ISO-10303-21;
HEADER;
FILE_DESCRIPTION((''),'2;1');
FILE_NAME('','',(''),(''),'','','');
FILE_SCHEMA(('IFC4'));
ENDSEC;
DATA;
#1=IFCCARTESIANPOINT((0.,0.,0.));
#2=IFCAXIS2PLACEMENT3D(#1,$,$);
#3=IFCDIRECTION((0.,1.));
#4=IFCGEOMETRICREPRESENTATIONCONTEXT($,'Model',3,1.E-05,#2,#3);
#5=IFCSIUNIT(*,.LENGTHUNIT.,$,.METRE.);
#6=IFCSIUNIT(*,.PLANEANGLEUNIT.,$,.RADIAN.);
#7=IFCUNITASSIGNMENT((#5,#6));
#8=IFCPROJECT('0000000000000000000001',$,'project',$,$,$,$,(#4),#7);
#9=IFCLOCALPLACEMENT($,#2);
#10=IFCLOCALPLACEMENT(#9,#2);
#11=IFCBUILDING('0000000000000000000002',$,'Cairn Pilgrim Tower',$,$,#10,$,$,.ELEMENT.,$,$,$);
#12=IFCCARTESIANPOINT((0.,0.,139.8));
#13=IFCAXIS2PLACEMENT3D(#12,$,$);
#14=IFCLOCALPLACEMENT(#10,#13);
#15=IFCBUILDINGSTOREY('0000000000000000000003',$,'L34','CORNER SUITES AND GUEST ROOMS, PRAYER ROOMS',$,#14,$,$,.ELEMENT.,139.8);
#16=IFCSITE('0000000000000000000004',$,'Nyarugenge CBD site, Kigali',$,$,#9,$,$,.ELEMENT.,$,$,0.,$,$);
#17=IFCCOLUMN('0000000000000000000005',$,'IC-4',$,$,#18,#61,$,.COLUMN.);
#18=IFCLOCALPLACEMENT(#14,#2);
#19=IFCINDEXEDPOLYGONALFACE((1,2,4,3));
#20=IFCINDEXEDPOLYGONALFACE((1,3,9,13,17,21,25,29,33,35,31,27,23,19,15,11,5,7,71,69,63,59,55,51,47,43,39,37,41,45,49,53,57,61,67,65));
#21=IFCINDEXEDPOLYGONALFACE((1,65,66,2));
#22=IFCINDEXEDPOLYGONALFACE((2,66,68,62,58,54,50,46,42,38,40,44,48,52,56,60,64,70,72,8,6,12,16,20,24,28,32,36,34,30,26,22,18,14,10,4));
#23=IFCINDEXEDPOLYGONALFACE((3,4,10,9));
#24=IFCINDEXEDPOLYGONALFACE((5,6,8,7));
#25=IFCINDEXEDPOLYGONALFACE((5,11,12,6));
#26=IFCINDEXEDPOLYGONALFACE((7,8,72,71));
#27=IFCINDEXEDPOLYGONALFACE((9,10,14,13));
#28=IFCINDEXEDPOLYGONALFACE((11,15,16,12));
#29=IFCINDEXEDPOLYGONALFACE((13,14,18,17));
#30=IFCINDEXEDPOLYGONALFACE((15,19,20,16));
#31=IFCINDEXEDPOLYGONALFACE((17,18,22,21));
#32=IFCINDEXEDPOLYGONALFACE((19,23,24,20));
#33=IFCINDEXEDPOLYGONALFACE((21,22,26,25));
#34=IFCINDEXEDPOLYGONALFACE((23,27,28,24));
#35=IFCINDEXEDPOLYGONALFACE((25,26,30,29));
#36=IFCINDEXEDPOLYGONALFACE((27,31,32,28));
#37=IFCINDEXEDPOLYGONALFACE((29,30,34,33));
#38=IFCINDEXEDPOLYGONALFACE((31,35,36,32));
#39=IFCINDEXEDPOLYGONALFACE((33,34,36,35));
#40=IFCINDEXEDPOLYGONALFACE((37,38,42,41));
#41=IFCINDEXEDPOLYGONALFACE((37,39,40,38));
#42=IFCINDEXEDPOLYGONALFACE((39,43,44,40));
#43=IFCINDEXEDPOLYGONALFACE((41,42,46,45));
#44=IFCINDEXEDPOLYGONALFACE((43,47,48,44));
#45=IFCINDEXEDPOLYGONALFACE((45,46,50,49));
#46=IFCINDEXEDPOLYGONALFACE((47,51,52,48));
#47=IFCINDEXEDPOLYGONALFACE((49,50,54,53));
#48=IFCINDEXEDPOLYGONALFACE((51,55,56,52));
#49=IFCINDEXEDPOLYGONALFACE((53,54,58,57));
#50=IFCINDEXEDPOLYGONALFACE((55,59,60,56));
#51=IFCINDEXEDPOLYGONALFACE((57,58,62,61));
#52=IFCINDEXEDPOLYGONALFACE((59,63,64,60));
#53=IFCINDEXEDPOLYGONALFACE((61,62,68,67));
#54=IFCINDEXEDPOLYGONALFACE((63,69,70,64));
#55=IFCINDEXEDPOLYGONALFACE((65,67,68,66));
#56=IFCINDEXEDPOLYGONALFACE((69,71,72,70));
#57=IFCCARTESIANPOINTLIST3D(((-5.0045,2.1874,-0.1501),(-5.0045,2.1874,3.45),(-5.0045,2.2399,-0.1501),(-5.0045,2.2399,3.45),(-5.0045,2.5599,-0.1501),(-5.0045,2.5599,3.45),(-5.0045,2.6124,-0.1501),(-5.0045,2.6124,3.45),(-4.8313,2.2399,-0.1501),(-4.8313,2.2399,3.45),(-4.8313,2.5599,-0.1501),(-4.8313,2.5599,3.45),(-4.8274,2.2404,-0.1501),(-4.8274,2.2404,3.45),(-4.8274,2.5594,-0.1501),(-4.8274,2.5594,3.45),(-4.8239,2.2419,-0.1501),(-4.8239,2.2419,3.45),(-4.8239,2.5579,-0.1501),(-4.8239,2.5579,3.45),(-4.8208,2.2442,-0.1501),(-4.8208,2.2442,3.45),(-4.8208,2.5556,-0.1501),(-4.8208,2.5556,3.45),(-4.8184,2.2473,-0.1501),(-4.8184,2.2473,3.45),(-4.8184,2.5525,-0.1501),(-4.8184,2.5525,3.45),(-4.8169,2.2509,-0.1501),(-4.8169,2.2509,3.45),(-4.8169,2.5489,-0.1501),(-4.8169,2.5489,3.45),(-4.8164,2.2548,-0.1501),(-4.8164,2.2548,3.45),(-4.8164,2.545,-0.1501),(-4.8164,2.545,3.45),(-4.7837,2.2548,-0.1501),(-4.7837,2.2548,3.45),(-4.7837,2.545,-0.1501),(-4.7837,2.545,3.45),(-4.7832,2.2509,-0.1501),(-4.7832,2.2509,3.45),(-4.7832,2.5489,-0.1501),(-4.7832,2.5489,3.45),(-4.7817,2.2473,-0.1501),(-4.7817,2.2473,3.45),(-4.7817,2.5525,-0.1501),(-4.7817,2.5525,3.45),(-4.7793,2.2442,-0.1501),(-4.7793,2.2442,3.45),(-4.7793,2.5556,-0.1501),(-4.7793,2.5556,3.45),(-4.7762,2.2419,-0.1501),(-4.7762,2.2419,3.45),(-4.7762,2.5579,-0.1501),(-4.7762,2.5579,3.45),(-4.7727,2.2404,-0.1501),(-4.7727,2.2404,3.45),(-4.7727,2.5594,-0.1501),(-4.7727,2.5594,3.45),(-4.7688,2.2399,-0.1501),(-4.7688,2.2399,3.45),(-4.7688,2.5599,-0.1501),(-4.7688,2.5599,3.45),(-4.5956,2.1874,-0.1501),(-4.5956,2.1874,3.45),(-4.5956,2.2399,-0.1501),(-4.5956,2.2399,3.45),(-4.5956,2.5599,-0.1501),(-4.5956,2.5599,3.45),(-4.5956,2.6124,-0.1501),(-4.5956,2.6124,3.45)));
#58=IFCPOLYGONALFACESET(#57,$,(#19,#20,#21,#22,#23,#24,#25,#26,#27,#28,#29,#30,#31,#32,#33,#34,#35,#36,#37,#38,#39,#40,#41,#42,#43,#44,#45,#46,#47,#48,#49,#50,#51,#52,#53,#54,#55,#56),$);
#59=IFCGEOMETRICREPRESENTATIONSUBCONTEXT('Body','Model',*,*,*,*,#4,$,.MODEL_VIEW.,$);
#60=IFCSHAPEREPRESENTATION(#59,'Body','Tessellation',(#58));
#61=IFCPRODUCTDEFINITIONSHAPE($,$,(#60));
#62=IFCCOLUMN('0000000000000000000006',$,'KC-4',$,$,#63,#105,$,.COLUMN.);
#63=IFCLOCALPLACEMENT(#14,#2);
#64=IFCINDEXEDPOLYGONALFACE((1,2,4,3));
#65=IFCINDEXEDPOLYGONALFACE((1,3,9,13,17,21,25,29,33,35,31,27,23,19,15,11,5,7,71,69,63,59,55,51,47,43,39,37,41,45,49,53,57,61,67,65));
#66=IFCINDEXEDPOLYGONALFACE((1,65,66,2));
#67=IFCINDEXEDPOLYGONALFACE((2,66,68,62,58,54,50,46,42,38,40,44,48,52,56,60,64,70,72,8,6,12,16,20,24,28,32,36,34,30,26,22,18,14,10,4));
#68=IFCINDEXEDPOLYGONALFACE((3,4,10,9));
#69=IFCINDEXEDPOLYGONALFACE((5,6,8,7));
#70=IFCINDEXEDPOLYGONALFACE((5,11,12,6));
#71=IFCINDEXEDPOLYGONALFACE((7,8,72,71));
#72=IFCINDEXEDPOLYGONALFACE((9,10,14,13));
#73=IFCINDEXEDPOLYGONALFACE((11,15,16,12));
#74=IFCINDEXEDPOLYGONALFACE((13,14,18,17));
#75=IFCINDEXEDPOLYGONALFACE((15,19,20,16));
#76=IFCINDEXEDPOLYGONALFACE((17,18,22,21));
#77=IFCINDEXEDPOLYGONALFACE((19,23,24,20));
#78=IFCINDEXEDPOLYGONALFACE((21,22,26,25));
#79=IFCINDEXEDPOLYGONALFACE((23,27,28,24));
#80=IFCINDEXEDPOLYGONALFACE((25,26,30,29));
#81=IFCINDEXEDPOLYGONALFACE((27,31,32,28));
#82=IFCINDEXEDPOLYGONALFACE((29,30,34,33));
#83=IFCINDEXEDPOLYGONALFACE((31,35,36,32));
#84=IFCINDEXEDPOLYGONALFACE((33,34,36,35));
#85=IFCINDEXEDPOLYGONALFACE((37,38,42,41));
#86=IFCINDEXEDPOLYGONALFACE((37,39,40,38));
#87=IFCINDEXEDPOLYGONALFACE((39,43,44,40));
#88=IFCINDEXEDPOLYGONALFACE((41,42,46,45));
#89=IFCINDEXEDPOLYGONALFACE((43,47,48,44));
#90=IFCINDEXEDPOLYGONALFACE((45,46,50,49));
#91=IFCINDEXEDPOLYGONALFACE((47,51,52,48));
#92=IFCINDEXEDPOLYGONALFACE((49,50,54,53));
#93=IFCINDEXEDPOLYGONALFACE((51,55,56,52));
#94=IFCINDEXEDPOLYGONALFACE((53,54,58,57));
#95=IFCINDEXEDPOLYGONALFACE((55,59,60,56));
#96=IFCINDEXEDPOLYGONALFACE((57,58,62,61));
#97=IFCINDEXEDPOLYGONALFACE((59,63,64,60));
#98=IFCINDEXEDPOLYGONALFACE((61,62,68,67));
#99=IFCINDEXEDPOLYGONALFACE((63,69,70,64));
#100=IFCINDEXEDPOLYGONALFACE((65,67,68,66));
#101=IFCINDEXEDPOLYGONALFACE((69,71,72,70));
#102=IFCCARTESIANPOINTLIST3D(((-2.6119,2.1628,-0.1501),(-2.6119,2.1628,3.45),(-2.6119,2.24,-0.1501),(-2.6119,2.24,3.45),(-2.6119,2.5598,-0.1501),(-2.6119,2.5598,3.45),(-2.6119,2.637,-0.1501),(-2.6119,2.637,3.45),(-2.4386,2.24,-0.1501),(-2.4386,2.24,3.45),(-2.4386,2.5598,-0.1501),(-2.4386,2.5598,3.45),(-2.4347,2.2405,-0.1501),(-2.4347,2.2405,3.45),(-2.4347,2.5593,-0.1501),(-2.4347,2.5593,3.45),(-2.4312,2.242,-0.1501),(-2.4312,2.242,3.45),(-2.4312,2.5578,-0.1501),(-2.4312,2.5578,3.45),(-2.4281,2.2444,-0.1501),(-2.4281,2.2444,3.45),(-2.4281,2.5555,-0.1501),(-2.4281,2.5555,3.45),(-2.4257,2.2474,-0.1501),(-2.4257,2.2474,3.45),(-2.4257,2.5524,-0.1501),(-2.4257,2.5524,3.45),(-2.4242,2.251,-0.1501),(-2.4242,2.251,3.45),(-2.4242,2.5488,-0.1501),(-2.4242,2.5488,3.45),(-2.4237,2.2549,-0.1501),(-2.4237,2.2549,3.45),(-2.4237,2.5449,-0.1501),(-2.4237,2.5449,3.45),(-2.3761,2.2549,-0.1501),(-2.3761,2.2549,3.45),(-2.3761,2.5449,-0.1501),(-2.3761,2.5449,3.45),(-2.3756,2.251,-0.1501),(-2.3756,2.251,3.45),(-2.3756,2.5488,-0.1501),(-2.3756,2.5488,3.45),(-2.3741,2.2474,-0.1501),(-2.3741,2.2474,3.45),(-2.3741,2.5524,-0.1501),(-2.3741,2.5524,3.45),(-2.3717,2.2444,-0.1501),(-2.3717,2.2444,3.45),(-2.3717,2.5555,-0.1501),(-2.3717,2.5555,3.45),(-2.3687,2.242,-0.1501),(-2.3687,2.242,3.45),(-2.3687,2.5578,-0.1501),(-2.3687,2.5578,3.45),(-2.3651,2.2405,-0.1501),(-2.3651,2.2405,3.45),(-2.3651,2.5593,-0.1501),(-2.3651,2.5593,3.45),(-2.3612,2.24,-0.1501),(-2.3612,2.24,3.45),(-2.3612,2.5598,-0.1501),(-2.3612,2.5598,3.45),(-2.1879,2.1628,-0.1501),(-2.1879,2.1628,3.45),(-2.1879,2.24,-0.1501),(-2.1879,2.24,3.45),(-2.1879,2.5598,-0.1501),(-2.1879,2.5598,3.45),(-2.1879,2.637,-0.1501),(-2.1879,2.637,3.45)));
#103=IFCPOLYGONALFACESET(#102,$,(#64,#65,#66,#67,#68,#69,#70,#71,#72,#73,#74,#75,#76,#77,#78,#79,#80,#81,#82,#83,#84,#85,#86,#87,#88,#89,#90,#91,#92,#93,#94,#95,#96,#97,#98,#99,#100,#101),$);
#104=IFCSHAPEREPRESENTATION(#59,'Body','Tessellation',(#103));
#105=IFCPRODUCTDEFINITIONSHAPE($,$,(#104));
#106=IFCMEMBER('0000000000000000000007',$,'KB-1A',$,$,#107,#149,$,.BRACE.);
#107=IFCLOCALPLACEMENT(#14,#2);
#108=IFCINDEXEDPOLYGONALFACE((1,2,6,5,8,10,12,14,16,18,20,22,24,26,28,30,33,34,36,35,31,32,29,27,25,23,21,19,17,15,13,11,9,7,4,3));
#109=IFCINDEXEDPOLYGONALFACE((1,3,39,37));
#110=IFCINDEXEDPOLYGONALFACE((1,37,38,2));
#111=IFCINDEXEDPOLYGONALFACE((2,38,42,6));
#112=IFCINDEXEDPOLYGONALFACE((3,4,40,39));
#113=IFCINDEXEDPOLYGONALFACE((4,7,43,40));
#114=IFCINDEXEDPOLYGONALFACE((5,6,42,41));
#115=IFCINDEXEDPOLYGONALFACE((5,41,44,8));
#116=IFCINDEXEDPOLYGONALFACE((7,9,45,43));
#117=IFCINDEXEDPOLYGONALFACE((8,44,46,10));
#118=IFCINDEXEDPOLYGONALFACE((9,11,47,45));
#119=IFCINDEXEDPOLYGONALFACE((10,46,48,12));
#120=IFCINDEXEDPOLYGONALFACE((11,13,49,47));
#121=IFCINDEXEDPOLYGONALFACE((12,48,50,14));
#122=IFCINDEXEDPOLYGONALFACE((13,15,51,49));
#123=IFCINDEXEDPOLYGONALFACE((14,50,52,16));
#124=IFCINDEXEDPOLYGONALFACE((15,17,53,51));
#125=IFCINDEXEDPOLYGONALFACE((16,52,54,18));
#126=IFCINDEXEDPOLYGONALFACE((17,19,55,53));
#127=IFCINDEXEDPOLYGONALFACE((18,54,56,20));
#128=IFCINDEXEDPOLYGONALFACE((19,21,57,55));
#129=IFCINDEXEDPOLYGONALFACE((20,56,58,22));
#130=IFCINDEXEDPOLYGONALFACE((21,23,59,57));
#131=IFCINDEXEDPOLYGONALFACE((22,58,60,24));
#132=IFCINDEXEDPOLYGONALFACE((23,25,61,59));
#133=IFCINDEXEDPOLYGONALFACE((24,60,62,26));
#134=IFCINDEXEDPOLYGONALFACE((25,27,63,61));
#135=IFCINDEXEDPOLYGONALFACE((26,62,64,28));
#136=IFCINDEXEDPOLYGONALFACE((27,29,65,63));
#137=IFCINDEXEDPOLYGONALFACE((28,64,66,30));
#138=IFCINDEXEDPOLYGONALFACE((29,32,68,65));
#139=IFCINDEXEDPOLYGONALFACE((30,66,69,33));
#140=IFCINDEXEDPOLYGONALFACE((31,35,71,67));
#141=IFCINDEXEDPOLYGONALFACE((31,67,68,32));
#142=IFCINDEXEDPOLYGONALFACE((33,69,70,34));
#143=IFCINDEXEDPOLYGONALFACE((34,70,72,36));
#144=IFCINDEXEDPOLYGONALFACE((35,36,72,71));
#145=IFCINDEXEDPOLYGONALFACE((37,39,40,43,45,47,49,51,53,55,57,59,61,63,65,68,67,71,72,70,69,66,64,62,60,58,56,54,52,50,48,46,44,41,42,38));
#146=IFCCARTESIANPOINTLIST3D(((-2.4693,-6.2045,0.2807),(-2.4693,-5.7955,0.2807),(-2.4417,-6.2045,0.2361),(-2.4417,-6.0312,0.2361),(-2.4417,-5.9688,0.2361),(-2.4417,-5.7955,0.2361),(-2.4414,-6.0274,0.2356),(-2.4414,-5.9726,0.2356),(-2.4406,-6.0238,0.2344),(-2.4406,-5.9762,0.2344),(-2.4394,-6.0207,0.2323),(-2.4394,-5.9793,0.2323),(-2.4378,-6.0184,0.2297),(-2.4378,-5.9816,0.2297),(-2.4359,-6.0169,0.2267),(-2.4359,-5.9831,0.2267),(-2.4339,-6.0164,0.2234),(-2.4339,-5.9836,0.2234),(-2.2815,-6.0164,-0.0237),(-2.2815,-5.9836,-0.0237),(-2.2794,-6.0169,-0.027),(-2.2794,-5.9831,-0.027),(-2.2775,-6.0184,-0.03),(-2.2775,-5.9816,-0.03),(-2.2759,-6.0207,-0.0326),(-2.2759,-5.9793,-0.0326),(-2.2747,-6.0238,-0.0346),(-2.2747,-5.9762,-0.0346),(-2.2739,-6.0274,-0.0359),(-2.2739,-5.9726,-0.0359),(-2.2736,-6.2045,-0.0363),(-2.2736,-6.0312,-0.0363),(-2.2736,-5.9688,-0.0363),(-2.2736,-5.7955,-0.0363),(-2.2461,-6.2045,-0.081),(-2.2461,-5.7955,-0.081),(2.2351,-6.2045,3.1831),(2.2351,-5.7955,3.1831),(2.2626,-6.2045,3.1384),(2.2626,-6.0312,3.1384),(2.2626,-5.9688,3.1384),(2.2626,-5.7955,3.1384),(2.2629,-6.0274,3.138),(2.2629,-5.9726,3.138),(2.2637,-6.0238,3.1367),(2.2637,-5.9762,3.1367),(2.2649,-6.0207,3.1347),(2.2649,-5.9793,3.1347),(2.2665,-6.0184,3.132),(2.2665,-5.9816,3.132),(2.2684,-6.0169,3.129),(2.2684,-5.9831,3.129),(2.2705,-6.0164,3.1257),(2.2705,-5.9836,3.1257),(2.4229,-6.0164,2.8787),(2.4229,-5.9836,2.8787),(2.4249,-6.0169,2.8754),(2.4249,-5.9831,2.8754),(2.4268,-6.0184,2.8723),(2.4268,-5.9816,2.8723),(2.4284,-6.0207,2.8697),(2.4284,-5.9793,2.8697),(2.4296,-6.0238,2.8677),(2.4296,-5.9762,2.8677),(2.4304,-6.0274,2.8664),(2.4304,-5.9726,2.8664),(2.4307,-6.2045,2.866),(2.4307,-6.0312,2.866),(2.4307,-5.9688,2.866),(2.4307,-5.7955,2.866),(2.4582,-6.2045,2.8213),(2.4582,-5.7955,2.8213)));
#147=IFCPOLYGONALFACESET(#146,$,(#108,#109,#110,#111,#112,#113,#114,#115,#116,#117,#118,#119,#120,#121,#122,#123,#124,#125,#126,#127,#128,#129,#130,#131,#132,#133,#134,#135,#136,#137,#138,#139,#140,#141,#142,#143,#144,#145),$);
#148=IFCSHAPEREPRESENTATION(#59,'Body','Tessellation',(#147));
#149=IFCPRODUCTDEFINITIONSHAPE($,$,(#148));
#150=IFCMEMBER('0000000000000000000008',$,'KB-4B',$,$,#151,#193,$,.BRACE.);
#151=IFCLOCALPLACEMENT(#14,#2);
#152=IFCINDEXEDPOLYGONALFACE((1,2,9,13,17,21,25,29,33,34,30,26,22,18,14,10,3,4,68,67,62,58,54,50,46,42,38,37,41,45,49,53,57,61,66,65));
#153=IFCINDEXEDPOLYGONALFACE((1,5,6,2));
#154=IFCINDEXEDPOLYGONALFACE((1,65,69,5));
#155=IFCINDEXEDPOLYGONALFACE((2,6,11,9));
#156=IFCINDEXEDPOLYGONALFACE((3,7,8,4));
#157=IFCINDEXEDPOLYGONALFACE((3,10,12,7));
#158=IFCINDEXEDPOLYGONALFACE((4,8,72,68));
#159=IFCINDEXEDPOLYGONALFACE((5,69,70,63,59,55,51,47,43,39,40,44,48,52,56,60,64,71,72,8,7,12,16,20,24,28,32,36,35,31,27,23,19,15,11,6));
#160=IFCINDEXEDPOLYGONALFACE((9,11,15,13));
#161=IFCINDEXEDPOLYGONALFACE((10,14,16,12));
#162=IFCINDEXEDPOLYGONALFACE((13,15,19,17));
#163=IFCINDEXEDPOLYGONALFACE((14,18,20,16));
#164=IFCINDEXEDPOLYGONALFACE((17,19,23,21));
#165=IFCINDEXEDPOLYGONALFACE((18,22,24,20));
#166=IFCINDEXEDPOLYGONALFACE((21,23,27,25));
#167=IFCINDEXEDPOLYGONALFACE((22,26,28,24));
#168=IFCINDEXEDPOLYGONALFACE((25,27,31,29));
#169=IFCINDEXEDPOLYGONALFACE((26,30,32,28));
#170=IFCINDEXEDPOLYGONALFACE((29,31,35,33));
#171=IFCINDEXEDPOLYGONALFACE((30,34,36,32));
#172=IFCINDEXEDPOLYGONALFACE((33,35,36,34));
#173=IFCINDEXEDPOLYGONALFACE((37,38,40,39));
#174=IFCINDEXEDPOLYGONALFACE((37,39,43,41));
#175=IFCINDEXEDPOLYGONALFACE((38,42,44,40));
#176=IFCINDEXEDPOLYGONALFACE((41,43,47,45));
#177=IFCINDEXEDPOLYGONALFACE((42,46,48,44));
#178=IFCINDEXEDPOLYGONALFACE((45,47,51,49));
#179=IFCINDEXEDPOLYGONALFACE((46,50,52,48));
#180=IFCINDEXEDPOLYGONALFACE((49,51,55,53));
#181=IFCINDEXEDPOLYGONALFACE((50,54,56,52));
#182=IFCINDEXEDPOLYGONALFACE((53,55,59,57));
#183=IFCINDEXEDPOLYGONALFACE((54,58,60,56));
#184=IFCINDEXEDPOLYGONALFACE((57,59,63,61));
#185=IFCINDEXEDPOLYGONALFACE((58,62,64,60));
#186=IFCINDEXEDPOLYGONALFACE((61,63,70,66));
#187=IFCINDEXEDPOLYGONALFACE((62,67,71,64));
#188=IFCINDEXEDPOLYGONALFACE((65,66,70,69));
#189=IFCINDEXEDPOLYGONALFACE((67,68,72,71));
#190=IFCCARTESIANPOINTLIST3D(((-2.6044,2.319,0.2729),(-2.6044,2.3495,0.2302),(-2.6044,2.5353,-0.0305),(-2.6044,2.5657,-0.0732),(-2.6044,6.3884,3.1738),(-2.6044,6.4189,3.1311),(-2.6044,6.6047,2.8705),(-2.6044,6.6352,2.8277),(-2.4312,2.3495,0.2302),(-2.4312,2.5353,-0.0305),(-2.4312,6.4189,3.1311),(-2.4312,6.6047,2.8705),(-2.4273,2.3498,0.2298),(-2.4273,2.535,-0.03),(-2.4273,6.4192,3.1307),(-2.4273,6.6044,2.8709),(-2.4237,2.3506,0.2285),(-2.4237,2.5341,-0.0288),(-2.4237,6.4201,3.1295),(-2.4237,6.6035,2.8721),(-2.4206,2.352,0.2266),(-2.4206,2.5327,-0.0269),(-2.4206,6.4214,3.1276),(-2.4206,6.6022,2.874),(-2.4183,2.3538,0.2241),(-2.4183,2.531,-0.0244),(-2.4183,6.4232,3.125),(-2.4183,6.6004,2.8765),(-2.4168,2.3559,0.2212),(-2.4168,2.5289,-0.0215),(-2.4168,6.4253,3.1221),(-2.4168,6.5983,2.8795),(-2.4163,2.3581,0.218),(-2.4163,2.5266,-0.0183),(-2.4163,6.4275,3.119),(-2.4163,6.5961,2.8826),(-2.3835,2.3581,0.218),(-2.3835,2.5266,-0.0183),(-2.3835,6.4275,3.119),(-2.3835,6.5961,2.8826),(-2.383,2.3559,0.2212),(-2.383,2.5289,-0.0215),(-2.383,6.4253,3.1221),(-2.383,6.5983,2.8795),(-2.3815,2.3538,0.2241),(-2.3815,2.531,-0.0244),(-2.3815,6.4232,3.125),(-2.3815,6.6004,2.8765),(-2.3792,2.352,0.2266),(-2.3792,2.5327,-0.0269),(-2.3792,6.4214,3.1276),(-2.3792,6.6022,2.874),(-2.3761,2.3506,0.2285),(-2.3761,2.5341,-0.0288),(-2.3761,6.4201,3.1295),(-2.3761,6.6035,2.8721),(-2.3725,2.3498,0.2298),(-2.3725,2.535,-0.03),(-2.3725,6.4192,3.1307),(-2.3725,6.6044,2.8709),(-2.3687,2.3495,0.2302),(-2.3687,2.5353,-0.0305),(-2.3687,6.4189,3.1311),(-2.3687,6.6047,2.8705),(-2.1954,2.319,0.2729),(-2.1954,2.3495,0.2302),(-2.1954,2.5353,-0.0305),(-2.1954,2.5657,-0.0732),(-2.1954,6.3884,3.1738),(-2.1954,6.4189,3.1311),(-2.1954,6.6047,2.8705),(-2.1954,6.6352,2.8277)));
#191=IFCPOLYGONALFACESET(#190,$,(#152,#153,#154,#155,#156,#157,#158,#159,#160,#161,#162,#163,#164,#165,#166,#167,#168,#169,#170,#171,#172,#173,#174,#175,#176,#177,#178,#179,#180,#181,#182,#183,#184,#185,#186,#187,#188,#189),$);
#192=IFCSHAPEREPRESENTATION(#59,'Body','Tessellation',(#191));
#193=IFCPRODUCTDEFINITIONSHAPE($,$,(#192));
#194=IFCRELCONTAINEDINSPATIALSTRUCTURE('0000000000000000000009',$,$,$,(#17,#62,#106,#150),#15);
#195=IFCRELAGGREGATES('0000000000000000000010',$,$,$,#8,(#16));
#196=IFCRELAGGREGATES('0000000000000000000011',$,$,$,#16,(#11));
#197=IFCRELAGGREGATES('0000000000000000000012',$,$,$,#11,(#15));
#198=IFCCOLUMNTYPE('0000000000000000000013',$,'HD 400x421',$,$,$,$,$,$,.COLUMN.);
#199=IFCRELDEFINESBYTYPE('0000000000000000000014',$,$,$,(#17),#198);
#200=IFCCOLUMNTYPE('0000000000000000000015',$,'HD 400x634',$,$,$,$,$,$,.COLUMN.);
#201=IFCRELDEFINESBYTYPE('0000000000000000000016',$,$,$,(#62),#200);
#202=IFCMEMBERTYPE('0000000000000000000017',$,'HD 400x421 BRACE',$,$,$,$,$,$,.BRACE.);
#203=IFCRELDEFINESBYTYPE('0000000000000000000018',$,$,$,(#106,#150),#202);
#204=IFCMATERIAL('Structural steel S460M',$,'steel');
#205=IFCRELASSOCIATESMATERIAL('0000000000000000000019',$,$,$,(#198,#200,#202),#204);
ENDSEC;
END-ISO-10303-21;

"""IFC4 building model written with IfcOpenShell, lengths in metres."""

from ifc_helpers import new_model, si_unit, direction, frame, origin, origin_2d, place, context, subcontext, project, spatial, i_section, extrude, material, material_profile, profile_set, type_object, element, save


model = new_model("IFC4")

# Units and contexts
model_context = context("Model", 3, precision=1e-05, world=origin(), true_north=direction((0.0, 1.0)))
body_context = subcontext(model_context, "Body", "Model", "MODEL_VIEW")
ifc_project = project(units=[si_unit("LENGTHUNIT", "METRE"), si_unit("PLANEANGLEUNIT", "RADIAN")], contexts=[model_context])

# Site, building, storey
site_placement = place(None, origin())
site = spatial("IfcSite", under=ifc_project, at=site_placement, Name="Nyarugenge CBD site, Kigali", CompositionType="ELEMENT", RefElevation=0.0)
building_placement = place(site_placement, origin())
building = spatial("IfcBuilding", under=site, at=building_placement, Name="Cairn Pilgrim Tower", CompositionType="ELEMENT")
storey_placement = place(building_placement, frame((0.0, 0.0, 139.8)))
storey = spatial("IfcBuildingStorey", under=building, at=storey_placement, Name="L34", Description="CORNER SUITES AND GUEST ROOMS, PRAYER ROOMS", CompositionType="ELEMENT", Elevation=139.8)

# Columns
ifc_material_1 = material(Name="Structural steel S460M", Category="steel")
ifc_material_profile_1 = material_profile(ifc_material_1, i_section(OverallWidth=0.4089, OverallDepth=0.425, WebThickness=0.0327, FlangeThickness=0.0525, FilletRadius=0.0149, at=origin_2d()), Name="HD 400x421")
ifc_profile_set_1 = profile_set([ifc_material_profile_1], Name="Structural steel S460M")
column_type_1 = type_object("IfcColumnType", Name="HD 400x421", PredefinedType="COLUMN", material=ifc_profile_set_1)
column_1_placement = place(storey_placement, frame((-4.8, 2.3999, -0.1501), z_axis=(0.0, 0.0, 1.0), x_axis=(1.0, 0.0, 0.0)))
element("IfcColumn", 1, at=column_1_placement, inside=storey, type_object=column_type_1, Name="IC-4", PredefinedType="COLUMN", context=body_context, shape_type="SweptSolid", body=[
    extrude(i_section(OverallWidth=0.4089, OverallDepth=0.425, WebThickness=0.0327, FlangeThickness=0.0525, FilletRadius=0.0149, at=origin_2d()), origin(), (0.0, 0.0, 1.0), 3.6001),
])
ifc_material_profile_2 = material_profile(ifc_material_1, i_section(OverallWidth=0.4241, OverallDepth=0.4741, WebThickness=0.0476, FlangeThickness=0.0771, FilletRadius=0.0149, at=origin_2d()), Name="HD 400x634")
ifc_profile_set_2 = profile_set([ifc_material_profile_2], Name="Structural steel S460M")
column_type_2 = type_object("IfcColumnType", Name="HD 400x634", PredefinedType="COLUMN", material=ifc_profile_set_2)
column_2_placement = place(storey_placement, frame((-2.3999, 2.3999, -0.1501), z_axis=(0.0, 0.0, 1.0), x_axis=(1.0, 0.0, 0.0)))
element("IfcColumn", 2, at=column_2_placement, inside=storey, type_object=column_type_2, Name="KC-4", PredefinedType="COLUMN", context=body_context, shape_type="SweptSolid", body=[
    extrude(i_section(OverallWidth=0.4241, OverallDepth=0.4741, WebThickness=0.0476, FlangeThickness=0.0771, FilletRadius=0.0149, at=origin_2d()), origin(), (0.0, 0.0, 1.0), 3.6001),
])

# Members
ifc_material_profile_3 = material_profile(ifc_material_1, i_section(OverallWidth=0.4089, OverallDepth=0.425, WebThickness=0.0327, FlangeThickness=0.0525, FilletRadius=0.0149, at=origin_2d()), Name="HD 400x421")
ifc_profile_set_3 = profile_set([ifc_material_profile_3], Name="Structural steel S460M")
member_type = type_object("IfcMemberType", Name="HD 400x421 BRACE", PredefinedType="BRACE", material=ifc_profile_set_3)
member_1_placement = place(storey_placement, frame((-2.3577, -6.0, 0.0999), z_axis=(0.851063, 0.0, 0.525063), x_axis=(0.0, 1.0, 0.0)))
element("IfcMember", 3, at=member_1_placement, inside=storey, type_object=member_type, Name="KB-1A", PredefinedType="BRACE", context=body_context, shape_type="SweptSolid", body=[
    extrude(i_section(OverallWidth=0.4089, OverallDepth=0.425, WebThickness=0.0327, FlangeThickness=0.0525, FilletRadius=0.0149, at=origin_2d()), origin(), (0.0, 0.0, 1.0), 5.5276),
])
member_2_placement = place(storey_placement, frame((-2.3999, 2.4424, 0.0999), z_axis=(0.0, 0.814281, 0.580471), x_axis=(-1.0, 0.0, 0.0)))
element("IfcMember", 4, at=member_2_placement, inside=storey, type_object=member_type, Name="KB-4B", PredefinedType="BRACE", context=body_context, shape_type="SweptSolid", body=[
    extrude(i_section(OverallWidth=0.4089, OverallDepth=0.425, WebThickness=0.0327, FlangeThickness=0.0525, FilletRadius=0.0149, at=origin_2d()), origin(), (0.0, 0.0, 1.0), 4.9976),
])

save(model, "model.ifc")
